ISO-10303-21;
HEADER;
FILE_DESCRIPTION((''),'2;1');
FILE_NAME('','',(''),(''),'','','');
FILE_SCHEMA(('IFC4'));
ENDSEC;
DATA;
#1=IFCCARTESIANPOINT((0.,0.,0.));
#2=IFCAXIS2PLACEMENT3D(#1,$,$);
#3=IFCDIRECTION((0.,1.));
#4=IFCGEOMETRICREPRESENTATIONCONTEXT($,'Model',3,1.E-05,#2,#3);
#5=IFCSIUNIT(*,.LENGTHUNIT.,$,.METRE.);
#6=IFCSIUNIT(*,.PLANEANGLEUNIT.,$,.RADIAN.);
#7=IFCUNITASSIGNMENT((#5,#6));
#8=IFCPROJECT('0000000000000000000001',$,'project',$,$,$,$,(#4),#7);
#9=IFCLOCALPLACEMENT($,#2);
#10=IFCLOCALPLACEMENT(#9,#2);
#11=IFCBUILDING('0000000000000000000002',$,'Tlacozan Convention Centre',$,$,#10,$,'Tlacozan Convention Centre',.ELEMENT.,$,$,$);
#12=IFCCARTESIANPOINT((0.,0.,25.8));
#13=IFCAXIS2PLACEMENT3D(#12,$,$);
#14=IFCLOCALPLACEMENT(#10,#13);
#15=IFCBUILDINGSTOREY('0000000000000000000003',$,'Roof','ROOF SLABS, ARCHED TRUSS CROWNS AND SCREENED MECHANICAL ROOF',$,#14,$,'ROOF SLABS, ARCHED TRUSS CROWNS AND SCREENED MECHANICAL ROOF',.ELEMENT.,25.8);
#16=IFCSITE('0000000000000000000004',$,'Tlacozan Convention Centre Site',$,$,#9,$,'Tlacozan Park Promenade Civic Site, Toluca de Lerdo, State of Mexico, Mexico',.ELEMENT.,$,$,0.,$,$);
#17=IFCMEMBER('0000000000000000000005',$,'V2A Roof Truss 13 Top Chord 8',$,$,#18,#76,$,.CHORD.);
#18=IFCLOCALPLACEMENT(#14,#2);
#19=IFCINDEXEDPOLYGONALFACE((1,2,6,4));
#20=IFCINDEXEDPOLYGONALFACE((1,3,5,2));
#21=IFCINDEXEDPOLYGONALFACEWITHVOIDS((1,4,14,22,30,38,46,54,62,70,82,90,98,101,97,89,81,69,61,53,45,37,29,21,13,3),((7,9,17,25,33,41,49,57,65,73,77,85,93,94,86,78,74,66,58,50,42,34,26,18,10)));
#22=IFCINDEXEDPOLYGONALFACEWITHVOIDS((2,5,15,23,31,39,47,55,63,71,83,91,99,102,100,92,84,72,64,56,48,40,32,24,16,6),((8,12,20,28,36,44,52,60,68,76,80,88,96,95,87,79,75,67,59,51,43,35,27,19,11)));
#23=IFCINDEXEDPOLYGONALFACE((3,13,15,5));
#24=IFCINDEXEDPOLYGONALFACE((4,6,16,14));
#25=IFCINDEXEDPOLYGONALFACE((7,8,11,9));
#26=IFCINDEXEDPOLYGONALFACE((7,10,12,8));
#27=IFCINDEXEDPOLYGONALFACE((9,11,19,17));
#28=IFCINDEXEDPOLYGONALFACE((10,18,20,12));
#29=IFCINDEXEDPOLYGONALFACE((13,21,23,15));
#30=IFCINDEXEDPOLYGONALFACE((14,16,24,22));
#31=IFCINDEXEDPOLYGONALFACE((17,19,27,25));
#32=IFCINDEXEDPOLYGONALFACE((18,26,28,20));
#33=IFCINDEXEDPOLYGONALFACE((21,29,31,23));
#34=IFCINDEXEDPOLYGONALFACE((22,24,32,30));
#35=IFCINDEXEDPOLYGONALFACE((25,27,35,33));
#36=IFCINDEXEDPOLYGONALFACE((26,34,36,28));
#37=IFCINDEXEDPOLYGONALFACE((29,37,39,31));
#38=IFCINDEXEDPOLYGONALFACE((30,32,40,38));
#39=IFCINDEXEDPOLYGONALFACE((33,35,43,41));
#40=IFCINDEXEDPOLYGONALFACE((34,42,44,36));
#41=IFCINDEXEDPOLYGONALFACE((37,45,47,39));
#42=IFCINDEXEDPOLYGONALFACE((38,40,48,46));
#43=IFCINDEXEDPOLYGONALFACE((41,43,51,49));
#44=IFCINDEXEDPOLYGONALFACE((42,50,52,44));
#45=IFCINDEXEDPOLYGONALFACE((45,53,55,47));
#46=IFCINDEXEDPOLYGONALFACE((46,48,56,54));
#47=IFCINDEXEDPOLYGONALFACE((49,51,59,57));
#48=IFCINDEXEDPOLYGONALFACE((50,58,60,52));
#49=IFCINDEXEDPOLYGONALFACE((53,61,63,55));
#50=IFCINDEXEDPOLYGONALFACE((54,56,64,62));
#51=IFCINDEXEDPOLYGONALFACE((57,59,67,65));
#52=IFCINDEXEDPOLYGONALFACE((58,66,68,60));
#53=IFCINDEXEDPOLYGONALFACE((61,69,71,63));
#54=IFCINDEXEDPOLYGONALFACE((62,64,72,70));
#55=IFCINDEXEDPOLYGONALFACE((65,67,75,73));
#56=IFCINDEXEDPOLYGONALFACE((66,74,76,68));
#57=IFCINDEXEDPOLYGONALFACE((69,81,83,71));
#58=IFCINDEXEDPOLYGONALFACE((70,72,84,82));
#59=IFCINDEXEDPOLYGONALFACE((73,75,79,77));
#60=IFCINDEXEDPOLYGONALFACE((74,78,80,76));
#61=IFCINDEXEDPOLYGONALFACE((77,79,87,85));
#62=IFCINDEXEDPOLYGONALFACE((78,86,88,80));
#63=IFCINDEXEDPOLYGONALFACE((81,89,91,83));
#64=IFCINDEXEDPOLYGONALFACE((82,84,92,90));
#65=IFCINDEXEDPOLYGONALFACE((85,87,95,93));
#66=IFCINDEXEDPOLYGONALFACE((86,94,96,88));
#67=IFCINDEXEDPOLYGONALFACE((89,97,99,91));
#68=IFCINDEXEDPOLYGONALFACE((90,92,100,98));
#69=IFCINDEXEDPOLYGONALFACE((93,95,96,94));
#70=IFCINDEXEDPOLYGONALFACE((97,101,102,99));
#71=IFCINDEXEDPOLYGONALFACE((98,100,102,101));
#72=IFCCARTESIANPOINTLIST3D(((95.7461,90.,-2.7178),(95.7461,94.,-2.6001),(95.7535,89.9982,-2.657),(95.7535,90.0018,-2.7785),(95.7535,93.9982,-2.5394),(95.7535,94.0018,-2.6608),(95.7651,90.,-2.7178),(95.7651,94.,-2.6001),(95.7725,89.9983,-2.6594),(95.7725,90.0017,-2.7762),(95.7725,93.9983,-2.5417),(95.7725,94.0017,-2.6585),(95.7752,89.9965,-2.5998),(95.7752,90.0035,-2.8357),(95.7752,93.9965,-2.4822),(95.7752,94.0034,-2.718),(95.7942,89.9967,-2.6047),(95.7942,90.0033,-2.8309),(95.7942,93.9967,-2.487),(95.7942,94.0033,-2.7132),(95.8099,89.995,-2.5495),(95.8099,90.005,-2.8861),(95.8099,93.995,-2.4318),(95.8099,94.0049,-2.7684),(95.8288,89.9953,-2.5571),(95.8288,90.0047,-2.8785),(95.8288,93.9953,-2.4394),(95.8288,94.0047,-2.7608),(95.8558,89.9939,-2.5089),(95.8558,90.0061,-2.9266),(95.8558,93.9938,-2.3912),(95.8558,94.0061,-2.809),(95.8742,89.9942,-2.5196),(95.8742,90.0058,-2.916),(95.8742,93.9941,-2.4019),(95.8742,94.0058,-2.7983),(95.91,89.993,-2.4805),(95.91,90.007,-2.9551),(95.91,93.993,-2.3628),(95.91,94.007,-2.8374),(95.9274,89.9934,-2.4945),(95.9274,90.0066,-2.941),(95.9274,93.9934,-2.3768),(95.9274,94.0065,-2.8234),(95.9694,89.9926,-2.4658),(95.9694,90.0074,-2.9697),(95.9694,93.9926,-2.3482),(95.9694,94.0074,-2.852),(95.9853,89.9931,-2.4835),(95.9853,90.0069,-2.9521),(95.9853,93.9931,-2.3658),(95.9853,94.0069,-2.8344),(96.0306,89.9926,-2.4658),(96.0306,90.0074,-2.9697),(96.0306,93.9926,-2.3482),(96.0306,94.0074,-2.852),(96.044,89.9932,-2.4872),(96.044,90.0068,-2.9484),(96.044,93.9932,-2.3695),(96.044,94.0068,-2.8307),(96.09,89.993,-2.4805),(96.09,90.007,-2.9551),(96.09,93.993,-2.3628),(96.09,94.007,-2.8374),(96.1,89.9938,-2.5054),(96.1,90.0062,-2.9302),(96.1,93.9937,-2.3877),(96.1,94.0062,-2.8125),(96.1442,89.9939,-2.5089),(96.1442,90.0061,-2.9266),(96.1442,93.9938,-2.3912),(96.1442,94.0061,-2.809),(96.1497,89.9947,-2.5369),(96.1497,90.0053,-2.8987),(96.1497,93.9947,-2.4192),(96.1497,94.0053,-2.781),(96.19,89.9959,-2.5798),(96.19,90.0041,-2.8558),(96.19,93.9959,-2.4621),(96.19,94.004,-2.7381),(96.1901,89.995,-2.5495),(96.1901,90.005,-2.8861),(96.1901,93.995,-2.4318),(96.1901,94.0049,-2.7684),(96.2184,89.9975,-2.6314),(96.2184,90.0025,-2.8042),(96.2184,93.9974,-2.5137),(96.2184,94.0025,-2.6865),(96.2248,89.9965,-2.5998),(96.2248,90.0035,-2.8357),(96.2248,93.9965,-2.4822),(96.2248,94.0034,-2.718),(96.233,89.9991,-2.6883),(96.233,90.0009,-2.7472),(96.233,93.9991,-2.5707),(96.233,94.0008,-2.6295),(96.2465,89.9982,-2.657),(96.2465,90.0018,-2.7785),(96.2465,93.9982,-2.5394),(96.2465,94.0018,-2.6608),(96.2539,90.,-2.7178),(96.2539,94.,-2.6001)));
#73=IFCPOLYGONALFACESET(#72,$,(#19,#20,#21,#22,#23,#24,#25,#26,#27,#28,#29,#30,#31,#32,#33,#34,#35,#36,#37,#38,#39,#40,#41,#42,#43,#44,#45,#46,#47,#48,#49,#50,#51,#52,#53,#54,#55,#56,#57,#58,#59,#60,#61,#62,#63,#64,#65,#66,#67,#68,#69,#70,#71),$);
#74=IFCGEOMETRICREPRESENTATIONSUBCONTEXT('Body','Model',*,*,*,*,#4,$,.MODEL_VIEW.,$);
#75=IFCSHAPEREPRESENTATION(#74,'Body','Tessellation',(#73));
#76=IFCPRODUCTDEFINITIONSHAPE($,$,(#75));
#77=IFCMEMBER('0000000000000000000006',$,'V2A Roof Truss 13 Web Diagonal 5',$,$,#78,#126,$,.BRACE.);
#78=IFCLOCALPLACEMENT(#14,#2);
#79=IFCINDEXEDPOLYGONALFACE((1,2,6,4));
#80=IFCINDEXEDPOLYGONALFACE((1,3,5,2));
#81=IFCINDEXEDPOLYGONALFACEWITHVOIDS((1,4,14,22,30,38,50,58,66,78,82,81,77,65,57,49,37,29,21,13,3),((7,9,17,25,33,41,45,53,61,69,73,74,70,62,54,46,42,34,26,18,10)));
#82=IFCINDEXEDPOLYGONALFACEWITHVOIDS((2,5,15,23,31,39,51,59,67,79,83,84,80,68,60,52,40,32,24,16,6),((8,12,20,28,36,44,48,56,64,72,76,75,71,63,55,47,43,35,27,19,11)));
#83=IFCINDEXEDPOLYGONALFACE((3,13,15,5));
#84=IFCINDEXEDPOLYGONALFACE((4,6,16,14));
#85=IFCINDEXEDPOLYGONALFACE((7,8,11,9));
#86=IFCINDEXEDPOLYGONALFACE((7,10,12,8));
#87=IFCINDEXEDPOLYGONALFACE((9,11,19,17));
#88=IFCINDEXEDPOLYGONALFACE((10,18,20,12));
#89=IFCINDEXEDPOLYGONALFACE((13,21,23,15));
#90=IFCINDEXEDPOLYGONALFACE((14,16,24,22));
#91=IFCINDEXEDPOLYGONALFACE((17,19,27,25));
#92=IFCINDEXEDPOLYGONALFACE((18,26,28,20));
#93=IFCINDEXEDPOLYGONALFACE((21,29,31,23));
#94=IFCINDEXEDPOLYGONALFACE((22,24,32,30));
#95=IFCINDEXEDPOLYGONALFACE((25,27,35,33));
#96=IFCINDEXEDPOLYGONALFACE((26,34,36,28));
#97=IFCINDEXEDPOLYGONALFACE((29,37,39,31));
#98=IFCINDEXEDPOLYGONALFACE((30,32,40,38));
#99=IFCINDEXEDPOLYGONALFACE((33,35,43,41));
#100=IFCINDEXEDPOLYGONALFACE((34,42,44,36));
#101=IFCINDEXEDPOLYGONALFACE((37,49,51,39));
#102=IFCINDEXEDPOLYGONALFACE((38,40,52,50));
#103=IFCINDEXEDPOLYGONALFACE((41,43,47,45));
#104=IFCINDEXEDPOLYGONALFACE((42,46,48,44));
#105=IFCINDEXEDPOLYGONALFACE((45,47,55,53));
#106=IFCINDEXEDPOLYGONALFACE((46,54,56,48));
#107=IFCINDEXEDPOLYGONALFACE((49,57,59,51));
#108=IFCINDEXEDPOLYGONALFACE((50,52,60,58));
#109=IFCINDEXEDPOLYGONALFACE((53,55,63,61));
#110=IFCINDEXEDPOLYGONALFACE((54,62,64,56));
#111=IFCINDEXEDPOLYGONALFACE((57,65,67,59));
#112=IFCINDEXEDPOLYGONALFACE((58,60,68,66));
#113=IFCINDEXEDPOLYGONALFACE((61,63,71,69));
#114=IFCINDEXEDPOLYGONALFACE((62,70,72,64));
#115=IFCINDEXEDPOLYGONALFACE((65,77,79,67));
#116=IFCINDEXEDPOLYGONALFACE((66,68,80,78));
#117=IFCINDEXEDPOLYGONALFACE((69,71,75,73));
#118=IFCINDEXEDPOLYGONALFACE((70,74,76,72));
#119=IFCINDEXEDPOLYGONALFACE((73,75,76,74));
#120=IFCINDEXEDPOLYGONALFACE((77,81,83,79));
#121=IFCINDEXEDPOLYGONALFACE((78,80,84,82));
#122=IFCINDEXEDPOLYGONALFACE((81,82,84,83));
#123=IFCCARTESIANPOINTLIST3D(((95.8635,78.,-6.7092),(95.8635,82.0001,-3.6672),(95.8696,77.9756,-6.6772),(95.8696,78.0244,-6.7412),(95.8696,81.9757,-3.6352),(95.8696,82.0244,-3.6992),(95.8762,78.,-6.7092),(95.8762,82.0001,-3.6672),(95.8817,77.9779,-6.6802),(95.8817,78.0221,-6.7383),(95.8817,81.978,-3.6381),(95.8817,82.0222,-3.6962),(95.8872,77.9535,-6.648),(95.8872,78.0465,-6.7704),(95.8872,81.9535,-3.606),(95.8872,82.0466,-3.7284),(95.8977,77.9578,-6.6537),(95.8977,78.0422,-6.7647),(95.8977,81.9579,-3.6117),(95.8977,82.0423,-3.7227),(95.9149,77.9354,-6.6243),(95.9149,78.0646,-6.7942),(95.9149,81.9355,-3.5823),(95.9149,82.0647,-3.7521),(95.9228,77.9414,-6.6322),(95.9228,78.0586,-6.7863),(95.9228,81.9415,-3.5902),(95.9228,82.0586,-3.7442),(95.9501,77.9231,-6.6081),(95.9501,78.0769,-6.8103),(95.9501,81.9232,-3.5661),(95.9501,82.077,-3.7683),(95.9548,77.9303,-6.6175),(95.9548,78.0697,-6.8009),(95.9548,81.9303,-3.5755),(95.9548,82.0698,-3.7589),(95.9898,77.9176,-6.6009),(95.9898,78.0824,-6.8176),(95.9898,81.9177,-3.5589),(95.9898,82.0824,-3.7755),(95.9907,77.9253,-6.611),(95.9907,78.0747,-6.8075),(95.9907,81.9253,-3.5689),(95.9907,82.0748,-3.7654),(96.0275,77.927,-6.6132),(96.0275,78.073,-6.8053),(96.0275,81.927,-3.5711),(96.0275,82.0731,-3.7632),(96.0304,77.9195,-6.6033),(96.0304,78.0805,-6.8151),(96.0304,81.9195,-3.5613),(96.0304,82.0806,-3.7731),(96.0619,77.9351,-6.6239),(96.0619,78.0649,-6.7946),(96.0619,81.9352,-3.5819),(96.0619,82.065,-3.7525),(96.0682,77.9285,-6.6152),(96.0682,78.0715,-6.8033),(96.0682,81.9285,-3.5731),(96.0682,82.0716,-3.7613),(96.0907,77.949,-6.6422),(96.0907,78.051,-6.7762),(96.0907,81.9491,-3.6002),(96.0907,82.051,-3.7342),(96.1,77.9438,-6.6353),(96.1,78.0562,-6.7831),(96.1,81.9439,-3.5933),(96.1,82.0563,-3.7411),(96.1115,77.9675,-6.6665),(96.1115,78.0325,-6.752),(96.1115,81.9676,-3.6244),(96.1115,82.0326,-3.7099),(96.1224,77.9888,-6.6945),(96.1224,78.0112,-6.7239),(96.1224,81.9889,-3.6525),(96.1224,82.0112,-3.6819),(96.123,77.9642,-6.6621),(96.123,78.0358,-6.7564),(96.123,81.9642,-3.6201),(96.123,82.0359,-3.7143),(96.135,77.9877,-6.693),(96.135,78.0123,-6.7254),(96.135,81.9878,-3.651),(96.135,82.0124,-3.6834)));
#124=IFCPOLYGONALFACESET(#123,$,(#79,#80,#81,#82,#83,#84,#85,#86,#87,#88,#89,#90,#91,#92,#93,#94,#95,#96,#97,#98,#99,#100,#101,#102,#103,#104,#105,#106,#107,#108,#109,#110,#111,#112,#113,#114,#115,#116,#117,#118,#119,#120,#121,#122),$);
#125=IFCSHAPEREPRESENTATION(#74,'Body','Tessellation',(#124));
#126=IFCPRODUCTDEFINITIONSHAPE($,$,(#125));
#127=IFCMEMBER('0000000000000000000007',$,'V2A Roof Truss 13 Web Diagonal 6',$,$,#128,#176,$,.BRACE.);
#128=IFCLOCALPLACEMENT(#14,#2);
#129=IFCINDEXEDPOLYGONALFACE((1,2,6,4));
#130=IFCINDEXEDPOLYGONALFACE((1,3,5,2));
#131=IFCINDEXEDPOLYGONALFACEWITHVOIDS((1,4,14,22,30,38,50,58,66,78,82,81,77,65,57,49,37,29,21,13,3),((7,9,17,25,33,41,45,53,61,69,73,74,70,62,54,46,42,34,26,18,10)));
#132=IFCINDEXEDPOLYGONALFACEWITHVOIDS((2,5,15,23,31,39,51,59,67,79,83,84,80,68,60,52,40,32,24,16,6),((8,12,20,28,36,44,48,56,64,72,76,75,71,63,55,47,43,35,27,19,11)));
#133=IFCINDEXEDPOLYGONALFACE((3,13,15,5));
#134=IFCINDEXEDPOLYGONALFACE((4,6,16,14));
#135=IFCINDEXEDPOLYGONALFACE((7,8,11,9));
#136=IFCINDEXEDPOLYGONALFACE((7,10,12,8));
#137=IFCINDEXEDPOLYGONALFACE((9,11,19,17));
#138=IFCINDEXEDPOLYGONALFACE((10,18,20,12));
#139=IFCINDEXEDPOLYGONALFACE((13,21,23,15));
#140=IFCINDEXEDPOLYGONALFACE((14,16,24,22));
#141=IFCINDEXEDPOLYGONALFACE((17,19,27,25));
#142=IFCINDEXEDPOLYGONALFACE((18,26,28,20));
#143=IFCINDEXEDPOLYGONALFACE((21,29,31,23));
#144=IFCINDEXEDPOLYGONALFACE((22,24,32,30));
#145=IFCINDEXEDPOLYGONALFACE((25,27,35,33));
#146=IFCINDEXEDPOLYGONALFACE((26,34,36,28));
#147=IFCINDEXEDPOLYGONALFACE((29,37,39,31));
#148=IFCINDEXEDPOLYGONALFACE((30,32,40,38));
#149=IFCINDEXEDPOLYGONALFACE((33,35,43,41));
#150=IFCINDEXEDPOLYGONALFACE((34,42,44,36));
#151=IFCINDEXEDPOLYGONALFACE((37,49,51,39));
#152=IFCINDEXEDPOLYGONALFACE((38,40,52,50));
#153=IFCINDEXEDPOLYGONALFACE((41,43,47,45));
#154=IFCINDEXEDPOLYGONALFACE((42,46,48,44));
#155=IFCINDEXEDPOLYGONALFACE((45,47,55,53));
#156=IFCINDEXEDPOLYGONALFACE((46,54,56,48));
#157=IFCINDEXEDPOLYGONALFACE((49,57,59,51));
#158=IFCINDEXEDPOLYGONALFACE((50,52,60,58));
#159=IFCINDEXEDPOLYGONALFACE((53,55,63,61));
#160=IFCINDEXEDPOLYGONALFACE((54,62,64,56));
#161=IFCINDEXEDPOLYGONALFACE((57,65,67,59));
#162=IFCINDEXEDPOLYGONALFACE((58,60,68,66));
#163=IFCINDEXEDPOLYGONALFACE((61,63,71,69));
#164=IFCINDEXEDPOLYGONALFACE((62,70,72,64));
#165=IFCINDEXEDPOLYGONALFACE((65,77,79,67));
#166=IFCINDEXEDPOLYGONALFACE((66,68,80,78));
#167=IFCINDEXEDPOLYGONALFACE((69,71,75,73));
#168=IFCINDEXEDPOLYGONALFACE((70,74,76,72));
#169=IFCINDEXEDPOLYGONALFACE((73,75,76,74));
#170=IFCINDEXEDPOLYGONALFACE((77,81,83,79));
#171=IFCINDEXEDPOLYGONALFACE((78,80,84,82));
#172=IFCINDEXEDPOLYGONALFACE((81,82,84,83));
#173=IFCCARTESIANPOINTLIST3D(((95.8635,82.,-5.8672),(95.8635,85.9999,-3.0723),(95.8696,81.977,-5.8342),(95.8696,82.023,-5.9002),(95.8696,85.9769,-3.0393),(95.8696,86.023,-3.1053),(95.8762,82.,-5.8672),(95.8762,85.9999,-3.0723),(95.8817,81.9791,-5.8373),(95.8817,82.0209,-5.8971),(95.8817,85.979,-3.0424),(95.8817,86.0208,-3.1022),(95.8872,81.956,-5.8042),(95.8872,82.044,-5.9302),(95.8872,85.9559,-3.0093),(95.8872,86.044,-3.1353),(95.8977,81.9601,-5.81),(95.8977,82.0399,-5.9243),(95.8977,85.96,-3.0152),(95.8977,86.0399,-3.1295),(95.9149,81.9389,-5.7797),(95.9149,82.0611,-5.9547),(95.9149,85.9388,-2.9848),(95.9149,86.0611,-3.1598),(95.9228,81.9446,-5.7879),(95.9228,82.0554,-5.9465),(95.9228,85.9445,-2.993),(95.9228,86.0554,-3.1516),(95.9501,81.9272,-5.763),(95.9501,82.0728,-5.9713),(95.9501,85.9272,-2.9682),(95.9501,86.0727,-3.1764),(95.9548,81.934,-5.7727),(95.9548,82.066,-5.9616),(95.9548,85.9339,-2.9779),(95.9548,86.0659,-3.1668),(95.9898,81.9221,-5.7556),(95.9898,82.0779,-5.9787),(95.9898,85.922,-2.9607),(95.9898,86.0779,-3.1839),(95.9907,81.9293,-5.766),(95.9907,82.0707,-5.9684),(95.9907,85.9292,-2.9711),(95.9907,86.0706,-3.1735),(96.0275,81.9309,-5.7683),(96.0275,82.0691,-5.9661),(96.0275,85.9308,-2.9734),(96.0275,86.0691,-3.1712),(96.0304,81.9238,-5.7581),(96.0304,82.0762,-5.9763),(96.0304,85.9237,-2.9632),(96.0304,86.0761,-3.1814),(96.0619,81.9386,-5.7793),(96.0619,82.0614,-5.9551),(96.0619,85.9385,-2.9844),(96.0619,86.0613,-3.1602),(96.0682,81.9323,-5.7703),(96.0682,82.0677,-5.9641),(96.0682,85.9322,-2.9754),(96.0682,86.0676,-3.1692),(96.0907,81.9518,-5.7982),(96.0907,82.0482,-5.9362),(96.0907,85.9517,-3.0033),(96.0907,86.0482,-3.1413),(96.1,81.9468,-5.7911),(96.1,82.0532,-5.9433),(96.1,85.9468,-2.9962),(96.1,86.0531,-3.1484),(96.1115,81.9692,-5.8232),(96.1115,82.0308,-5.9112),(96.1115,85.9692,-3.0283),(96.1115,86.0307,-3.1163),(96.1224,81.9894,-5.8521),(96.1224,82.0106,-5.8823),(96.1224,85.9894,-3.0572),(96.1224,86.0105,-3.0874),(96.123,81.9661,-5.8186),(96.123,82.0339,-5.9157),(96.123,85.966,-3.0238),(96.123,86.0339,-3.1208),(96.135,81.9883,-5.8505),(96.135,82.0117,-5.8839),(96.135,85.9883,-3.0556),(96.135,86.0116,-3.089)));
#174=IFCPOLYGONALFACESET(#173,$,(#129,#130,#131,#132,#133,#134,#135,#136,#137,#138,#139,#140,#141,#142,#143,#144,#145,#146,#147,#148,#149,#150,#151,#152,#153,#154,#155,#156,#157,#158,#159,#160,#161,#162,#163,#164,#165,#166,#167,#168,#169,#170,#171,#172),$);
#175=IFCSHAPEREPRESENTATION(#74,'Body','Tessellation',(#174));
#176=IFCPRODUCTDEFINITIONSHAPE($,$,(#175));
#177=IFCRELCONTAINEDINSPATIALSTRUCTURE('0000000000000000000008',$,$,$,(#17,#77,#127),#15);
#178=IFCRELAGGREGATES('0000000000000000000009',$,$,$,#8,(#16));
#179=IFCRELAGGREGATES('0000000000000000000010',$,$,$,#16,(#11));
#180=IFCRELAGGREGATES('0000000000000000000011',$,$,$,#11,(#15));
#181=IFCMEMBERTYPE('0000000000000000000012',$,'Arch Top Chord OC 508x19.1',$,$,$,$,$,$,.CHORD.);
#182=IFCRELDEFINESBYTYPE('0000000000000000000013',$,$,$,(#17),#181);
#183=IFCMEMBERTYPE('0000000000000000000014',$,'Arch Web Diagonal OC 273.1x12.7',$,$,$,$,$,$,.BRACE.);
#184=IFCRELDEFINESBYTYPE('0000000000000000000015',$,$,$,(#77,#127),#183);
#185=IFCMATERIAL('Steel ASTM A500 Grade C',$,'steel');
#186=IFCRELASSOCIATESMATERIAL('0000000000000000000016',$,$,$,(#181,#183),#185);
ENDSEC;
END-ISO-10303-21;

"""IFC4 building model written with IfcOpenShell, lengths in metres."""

from ifc_helpers import new_model, si_unit, direction, frame, origin, origin_2d, place, context, subcontext, project, spatial, hollow_circle, extrude, material, material_profile, profile_set, type_object, element, save


model = new_model("IFC4")

# Units and contexts
model_context = context("Model", 3, precision=1e-05, world=origin(), true_north=direction((0.0, 1.0)))
body_context = subcontext(model_context, "Body", "Model", "MODEL_VIEW")
ifc_project = project(units=[si_unit("LENGTHUNIT", "METRE"), si_unit("PLANEANGLEUNIT", "RADIAN")], contexts=[model_context])

# Site, building, storey
site_placement = place(None, origin())
site = spatial("IfcSite", under=ifc_project, at=site_placement, Name="Tlacozan Convention Centre Site", LongName="Tlacozan Park Promenade Civic Site, Toluca de Lerdo, State of Mexico, Mexico", CompositionType="ELEMENT", RefElevation=0.0)
building_placement = place(site_placement, origin())
building = spatial("IfcBuilding", under=site, at=building_placement, Name="Tlacozan Convention Centre", LongName="Tlacozan Convention Centre", CompositionType="ELEMENT")
storey_placement = place(building_placement, frame((0.0, 0.0, 25.8)))
storey = spatial("IfcBuildingStorey", under=building, at=storey_placement, Name="Roof", Description="ROOF SLABS, ARCHED TRUSS CROWNS AND SCREENED MECHANICAL ROOF", LongName="ROOF SLABS, ARCHED TRUSS CROWNS AND SCREENED MECHANICAL ROOF", CompositionType="ELEMENT", Elevation=25.8)

# Members
ifc_material_1 = material(Name="Steel ASTM A500 Grade C", Category="steel")
ifc_material_profile_1 = material_profile(ifc_material_1, hollow_circle(Radius=0.2539, WallThickness=0.019, at=origin_2d()), Name="OC 508.0x19.1")
ifc_profile_set_1 = profile_set([ifc_material_profile_1], Name="Steel ASTM A500 Grade C")
member_type_1 = type_object("IfcMemberType", Name="Arch Top Chord OC 508x19.1", PredefinedType="CHORD", material=ifc_profile_set_1)
member_1_placement = place(storey_placement, frame((96.0, 90.0, -2.7178), z_axis=(0.0, 0.999568, 0.029406), x_axis=(-1.0, 0.0, 0.0)))
element("IfcMember", 1, at=member_1_placement, inside=storey, type_object=member_type_1, Name="V2A Roof Truss 13 Top Chord 8", PredefinedType="CHORD", context=body_context, shape_type="SweptSolid", body=[
    extrude(hollow_circle(Radius=0.2539, WallThickness=0.019, at=origin_2d()), origin(), (0.0, 0.0, 1.0), 4.0017),
])
ifc_material_profile_2 = material_profile(ifc_material_1, hollow_circle(Radius=0.1365, WallThickness=0.0127, at=origin_2d()), Name="OC 273.1x12.7")
ifc_profile_set_2 = profile_set([ifc_material_profile_2], Name="Steel ASTM A500 Grade C")
member_type_2 = type_object("IfcMemberType", Name="Arch Web Diagonal OC 273.1x12.7", PredefinedType="BRACE", material=ifc_profile_set_2)
member_2_placement = place(storey_placement, frame((96.0, 78.0, -6.7092), z_axis=(0.0, 0.795971, 0.605335), x_axis=(-1.0, 0.0, 0.0)))
element("IfcMember", 2, at=member_2_placement, inside=storey, type_object=member_type_2, Name="V2A Roof Truss 13 Web Diagonal 5", PredefinedType="BRACE", context=body_context, shape_type="SweptSolid", body=[
    extrude(hollow_circle(Radius=0.1365, WallThickness=0.0127, at=origin_2d()), origin(), (0.0, 0.0, 1.0), 5.0254),
])
member_3_placement = place(storey_placement, frame((96.0, 82.0, -5.8672), z_axis=(0.0, 0.819721, 0.572764), x_axis=(-1.0, 0.0, 0.0)))
element("IfcMember", 3, at=member_3_placement, inside=storey, type_object=member_type_2, Name="V2A Roof Truss 13 Web Diagonal 6", PredefinedType="BRACE", context=body_context, shape_type="SweptSolid", body=[
    extrude(hollow_circle(Radius=0.1365, WallThickness=0.0127, at=origin_2d()), origin(), (0.0, 0.0, 1.0), 4.8796),
])

save(model, "model.ifc")
